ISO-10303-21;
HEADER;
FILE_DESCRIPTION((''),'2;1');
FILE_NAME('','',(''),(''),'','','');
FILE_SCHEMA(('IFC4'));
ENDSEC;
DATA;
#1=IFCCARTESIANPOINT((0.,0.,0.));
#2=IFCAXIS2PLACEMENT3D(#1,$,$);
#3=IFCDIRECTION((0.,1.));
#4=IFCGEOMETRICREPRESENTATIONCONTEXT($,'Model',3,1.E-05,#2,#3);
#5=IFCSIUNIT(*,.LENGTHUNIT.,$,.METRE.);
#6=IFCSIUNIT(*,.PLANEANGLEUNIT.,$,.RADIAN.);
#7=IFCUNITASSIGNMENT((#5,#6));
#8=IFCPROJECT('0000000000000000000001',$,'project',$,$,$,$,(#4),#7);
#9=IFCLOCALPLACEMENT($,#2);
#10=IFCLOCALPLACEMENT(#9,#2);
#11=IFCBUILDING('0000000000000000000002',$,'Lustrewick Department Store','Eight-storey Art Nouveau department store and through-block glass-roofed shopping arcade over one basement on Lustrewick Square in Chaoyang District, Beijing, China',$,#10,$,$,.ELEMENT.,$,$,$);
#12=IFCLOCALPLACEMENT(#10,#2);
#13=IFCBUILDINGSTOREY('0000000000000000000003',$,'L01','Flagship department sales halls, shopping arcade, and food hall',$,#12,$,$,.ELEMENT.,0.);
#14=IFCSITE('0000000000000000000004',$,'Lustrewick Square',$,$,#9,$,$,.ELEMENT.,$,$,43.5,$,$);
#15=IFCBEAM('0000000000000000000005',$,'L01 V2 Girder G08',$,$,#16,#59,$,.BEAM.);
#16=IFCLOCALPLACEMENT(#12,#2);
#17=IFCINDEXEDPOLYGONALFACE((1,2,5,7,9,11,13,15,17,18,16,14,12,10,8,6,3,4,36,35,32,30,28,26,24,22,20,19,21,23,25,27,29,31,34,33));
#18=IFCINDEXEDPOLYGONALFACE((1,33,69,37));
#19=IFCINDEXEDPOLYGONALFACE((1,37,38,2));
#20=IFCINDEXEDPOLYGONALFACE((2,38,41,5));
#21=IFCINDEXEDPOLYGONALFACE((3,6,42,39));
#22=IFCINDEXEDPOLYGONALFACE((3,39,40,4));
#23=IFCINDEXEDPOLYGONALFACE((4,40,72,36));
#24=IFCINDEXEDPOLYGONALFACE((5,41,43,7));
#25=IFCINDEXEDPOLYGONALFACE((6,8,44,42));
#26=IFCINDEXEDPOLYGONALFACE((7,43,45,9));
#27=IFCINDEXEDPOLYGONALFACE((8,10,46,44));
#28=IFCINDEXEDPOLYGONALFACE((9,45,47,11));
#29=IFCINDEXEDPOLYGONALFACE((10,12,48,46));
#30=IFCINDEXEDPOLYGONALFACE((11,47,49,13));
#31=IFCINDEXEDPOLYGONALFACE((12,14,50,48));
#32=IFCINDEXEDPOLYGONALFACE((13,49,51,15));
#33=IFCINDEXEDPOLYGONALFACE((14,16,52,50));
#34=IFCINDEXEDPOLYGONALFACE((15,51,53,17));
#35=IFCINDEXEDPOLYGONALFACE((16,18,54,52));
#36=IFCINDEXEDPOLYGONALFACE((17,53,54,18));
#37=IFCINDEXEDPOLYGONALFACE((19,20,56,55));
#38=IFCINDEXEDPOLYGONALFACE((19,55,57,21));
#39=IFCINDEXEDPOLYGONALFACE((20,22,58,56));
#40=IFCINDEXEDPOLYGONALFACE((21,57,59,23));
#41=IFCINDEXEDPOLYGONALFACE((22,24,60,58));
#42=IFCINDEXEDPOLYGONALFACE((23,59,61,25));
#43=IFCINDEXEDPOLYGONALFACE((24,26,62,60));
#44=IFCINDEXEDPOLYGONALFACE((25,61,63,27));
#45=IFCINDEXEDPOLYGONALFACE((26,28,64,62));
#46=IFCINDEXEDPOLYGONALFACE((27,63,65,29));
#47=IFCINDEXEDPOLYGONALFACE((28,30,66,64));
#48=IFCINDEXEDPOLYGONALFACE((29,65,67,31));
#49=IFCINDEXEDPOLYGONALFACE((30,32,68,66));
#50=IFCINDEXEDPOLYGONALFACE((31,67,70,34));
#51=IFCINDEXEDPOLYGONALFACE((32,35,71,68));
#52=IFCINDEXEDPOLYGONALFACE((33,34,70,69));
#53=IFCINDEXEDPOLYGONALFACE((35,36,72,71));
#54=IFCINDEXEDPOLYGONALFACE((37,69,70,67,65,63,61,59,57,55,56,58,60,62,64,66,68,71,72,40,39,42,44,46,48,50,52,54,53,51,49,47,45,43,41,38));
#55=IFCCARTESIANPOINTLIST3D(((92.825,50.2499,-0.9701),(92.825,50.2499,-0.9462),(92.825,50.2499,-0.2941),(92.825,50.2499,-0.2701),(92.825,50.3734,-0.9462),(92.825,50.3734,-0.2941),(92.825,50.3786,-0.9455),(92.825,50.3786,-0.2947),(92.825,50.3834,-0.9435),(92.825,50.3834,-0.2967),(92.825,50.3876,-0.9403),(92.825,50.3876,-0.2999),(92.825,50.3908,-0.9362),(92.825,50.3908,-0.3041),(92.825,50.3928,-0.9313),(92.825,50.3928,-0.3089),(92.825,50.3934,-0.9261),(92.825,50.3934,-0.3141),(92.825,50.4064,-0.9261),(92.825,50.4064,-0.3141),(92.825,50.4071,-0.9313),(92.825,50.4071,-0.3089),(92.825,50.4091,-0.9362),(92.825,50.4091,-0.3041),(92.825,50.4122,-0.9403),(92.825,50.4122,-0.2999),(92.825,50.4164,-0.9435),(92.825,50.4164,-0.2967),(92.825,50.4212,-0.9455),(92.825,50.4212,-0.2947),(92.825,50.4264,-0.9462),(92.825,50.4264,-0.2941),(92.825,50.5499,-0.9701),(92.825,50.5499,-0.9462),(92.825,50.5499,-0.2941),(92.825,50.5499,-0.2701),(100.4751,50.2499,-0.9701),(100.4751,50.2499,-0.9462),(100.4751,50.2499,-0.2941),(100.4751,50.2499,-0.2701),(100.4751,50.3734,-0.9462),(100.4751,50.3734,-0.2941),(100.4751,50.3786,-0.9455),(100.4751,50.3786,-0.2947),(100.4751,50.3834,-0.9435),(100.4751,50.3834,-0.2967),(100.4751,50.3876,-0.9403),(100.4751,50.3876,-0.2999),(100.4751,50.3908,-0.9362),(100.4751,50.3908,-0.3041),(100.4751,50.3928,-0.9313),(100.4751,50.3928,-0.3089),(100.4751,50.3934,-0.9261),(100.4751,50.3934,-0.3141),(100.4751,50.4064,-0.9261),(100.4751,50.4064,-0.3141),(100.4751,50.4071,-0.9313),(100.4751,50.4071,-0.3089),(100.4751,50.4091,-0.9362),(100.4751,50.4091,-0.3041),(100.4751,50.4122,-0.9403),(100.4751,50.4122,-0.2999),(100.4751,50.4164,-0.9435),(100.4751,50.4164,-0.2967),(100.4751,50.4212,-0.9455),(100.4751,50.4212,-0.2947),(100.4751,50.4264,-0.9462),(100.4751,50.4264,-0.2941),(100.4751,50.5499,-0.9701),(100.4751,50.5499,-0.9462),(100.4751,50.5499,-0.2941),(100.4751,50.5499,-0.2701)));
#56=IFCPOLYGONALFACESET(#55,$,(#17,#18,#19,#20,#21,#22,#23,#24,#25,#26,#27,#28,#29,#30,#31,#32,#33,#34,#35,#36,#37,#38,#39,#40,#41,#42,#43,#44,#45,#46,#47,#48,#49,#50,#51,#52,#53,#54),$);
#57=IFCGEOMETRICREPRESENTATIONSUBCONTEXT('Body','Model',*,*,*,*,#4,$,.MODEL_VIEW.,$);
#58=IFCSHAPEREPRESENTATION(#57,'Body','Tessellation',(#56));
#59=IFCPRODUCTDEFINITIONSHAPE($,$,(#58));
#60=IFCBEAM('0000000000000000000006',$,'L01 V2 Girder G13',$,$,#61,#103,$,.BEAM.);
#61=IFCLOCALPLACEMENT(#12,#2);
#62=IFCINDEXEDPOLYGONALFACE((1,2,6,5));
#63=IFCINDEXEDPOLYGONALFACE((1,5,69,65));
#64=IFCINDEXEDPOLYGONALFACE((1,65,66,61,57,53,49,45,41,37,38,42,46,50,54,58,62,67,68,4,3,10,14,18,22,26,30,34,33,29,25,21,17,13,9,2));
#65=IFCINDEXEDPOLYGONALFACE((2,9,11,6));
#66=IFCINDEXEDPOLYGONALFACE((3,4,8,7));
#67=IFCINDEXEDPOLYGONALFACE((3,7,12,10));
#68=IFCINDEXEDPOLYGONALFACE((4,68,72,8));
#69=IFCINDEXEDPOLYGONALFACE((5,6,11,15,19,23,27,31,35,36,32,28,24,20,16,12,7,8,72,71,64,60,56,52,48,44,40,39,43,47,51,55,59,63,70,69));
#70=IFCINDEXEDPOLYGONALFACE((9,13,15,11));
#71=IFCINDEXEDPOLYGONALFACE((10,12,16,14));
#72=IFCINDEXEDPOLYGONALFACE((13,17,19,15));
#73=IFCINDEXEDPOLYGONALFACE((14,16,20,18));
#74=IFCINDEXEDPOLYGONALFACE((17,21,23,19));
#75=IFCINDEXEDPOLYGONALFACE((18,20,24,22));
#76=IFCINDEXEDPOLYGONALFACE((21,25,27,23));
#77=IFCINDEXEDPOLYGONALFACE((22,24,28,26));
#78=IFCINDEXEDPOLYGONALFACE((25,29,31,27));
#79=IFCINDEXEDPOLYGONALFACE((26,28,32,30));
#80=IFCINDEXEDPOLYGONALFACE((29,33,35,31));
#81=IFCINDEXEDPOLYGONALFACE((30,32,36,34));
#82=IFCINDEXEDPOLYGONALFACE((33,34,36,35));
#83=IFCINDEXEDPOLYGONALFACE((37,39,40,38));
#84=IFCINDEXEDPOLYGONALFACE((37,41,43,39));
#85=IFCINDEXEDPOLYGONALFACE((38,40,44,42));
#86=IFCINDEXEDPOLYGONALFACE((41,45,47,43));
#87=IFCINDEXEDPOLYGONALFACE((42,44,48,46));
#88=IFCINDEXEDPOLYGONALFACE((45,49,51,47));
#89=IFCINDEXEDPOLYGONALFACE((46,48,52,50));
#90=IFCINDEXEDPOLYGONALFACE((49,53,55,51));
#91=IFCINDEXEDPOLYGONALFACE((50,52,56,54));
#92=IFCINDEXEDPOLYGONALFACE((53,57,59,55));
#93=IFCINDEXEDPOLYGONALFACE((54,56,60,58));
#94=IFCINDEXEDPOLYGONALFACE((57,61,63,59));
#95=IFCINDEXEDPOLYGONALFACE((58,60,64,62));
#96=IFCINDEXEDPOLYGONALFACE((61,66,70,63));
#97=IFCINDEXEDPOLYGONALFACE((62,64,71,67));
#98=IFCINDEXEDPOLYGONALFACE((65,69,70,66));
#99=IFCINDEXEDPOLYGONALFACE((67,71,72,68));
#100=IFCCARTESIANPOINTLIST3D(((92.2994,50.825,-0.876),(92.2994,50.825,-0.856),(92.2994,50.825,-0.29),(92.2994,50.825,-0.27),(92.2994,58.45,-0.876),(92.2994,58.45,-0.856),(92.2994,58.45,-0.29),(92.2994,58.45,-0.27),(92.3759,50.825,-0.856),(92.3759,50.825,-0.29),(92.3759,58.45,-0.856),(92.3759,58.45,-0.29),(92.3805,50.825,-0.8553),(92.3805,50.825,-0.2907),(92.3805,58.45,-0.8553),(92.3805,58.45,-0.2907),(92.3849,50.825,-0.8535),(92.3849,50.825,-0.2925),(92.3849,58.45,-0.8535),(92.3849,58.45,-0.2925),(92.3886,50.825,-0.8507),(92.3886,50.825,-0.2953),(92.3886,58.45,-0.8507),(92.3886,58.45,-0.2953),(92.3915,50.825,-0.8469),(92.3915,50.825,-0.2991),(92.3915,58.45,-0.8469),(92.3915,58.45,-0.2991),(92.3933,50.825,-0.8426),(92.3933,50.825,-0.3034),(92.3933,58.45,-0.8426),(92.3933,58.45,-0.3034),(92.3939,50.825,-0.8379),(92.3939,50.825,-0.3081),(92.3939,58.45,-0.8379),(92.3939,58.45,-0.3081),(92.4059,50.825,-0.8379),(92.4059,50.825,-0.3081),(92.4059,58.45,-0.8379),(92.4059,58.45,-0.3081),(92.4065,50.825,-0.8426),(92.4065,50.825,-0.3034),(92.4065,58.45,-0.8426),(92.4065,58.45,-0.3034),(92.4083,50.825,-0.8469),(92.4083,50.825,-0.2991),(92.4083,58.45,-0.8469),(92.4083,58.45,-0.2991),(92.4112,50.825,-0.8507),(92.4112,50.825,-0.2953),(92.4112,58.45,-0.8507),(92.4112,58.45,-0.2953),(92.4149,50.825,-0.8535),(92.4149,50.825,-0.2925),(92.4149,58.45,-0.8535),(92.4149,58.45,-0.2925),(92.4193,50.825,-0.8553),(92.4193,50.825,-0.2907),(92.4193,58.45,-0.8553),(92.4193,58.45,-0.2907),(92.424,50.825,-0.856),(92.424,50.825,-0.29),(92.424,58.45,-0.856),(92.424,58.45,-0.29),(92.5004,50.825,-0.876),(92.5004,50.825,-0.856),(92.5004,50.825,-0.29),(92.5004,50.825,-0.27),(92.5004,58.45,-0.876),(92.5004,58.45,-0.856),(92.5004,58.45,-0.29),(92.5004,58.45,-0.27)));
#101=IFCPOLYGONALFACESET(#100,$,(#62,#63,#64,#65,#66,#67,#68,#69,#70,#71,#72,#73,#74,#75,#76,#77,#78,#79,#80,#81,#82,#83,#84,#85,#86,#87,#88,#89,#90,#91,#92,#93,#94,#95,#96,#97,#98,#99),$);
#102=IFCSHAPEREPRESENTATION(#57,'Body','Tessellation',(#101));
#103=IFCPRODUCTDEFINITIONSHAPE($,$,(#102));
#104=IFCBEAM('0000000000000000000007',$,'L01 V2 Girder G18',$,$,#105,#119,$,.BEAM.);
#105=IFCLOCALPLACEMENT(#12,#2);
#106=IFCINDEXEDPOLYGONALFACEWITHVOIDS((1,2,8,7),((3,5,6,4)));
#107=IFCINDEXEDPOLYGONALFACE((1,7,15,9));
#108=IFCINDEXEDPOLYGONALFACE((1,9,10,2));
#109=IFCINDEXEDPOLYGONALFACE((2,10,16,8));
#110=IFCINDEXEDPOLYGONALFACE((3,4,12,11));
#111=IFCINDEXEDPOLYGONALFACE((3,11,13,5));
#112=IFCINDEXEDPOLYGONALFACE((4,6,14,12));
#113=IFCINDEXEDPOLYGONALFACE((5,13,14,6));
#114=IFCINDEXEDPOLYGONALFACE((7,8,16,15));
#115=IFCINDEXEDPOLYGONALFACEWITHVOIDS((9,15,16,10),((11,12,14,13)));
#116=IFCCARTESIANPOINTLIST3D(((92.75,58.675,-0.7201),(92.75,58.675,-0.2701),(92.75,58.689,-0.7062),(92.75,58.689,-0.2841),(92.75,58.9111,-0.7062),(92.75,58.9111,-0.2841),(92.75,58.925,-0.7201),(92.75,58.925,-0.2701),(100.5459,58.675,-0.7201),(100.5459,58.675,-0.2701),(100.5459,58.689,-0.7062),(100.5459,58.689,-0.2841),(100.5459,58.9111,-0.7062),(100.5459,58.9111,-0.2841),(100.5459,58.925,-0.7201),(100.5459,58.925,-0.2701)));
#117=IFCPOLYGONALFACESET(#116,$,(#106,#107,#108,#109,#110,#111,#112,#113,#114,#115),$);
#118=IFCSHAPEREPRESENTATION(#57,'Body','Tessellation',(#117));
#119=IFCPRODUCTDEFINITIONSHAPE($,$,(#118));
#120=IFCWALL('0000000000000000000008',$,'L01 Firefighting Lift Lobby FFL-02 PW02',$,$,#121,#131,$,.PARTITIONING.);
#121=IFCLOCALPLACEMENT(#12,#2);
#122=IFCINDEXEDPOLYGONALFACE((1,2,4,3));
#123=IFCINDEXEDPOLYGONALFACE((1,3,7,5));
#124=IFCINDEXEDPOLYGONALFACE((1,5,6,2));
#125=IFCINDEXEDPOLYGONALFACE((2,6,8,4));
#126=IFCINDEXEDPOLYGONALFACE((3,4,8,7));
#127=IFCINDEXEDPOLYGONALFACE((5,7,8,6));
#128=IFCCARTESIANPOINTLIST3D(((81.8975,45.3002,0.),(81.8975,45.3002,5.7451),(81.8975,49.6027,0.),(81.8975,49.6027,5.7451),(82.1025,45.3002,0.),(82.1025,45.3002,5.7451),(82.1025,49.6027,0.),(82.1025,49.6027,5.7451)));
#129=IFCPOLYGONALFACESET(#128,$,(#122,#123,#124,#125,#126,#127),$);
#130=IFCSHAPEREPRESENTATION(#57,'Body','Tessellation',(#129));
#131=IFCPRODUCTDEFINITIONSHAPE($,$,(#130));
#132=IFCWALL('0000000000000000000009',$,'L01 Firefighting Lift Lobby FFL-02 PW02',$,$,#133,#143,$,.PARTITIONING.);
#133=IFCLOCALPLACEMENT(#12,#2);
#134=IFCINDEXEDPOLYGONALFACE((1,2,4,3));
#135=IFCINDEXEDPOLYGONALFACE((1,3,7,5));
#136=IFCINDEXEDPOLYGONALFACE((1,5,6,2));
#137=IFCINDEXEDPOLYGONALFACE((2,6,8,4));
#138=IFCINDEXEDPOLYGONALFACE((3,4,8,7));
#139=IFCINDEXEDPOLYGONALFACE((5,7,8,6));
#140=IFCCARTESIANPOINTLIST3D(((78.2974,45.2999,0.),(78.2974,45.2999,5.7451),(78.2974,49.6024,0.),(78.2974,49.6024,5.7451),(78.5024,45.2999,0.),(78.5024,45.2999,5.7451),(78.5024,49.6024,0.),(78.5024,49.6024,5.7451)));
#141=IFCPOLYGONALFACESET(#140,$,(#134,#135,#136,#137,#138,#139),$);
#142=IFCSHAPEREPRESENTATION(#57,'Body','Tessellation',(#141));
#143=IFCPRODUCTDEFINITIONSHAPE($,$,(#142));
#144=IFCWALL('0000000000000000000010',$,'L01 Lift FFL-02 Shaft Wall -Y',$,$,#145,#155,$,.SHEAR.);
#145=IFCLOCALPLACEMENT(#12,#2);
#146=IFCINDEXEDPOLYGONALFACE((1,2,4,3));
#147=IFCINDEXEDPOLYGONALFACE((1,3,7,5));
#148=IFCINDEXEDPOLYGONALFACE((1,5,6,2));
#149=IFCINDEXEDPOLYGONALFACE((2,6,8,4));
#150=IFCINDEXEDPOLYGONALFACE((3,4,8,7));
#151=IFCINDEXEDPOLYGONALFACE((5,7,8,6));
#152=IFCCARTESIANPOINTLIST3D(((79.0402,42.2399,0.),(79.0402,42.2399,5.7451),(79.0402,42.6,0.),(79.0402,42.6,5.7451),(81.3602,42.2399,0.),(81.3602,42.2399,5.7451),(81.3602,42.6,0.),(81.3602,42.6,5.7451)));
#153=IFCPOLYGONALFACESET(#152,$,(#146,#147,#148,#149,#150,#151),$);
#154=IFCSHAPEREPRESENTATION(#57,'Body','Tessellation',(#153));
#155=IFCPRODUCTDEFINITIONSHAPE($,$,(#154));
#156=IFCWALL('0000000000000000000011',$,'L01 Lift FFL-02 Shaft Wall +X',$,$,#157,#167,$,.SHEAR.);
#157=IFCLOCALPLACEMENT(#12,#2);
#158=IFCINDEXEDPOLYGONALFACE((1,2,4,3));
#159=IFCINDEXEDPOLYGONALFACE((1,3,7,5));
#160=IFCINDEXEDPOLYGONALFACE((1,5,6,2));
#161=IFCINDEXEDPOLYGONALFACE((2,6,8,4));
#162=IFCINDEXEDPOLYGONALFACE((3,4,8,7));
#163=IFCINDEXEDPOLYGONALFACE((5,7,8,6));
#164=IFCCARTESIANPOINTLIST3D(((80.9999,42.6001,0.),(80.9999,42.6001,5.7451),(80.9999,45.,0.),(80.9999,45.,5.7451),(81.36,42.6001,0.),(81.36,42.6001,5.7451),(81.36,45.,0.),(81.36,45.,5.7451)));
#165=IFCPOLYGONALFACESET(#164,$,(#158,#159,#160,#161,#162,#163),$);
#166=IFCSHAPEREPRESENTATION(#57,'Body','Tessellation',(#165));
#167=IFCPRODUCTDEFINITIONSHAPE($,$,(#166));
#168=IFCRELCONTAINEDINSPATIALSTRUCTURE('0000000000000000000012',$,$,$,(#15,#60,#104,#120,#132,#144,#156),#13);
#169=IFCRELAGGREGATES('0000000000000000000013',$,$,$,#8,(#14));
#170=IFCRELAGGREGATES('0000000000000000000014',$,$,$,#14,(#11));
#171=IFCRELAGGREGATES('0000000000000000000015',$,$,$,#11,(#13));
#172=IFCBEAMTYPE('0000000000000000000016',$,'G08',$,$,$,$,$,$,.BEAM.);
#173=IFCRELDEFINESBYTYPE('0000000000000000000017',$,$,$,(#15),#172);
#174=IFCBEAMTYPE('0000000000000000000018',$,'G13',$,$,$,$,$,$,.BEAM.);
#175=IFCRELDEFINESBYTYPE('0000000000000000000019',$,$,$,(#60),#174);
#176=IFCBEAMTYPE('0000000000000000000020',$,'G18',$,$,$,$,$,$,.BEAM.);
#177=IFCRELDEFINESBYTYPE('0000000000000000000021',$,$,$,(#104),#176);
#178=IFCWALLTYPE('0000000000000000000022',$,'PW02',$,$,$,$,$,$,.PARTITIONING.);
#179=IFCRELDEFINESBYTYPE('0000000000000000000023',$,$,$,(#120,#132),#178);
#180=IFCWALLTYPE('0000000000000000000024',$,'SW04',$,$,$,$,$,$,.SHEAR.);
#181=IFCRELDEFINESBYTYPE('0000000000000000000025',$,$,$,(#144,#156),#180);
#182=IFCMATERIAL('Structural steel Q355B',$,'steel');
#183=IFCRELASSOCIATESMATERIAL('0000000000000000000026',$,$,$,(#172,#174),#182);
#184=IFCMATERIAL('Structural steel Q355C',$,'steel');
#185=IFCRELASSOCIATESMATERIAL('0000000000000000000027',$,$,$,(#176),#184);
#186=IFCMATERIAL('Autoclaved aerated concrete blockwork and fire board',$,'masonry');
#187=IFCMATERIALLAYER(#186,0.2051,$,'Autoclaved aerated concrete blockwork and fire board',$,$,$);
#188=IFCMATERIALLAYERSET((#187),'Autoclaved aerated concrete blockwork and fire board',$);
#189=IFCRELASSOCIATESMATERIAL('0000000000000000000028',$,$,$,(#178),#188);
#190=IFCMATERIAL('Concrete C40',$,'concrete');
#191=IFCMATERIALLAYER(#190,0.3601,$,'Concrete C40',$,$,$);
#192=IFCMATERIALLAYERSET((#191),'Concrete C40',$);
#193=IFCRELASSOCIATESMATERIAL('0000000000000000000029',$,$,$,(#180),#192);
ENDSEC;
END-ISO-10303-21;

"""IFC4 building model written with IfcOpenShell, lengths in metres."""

from ifc_helpers import new_model, si_unit, direction, frame, frame_2d, origin, origin_2d, place, context, subcontext, project, spatial, rectangle, hollow_rectangle, i_section, extrude, material, layer, layer_set, material_profile, profile_set, type_object, element, save


model = new_model("IFC4")

# Units and contexts
model_context = context("Model", 3, precision=1e-05, world=origin(), true_north=direction((0.0, 1.0)))
body_context = subcontext(model_context, "Body", "Model", "MODEL_VIEW")
ifc_project = project(units=[si_unit("LENGTHUNIT", "METRE"), si_unit("PLANEANGLEUNIT", "RADIAN")], contexts=[model_context])

# Site, building, storey
site_placement = place(None, origin())
site = spatial("IfcSite", under=ifc_project, at=site_placement, Name="Lustrewick Square", CompositionType="ELEMENT", RefElevation=43.5)
building_placement = place(site_placement, origin())
building = spatial("IfcBuilding", under=site, at=building_placement, Name="Lustrewick Department Store", Description="Eight-storey Art Nouveau department store and through-block glass-roofed shopping arcade over one basement on Lustrewick Square in Chaoyang District, Beijing, China", CompositionType="ELEMENT")
storey_placement = place(building_placement, origin())
storey = spatial("IfcBuildingStorey", under=building, at=storey_placement, Name="L01", Description="Flagship department sales halls, shopping arcade, and food hall", CompositionType="ELEMENT", Elevation=0.0)

# Shared definitions
ifc_material_1 = material(Name="Structural steel Q355C", Category="steel")
ifc_material_2 = material(Name="Concrete C40", Category="concrete")

# Beams
ifc_material_3 = material(Name="Structural steel Q355B", Category="steel")
ifc_material_profile_1 = material_profile(ifc_material_3, i_section(OverallWidth=0.3, OverallDepth=0.7, WebThickness=0.0129, FlangeThickness=0.0239, FilletRadius=0.02, at=origin_2d()), Name="HN 700x300x13x24")
ifc_profile_set_1 = profile_set([ifc_material_profile_1], Name="Structural steel Q355B")
beam_type_1 = type_object("IfcBeamType", Name="G08", PredefinedType="BEAM", material=ifc_profile_set_1)
beam_1_placement = place(storey_placement, frame((92.825, 50.3999, -0.6201), z_axis=(1.0, 0.0, 0.0), x_axis=(0.0, 1.0, 0.0)))
element("IfcBeam", 1, at=beam_1_placement, inside=storey, type_object=beam_type_1, Name="L01 V2 Girder G08", PredefinedType="BEAM", context=body_context, shape_type="SweptSolid", body=[
    extrude(i_section(OverallWidth=0.3, OverallDepth=0.7, WebThickness=0.0129, FlangeThickness=0.0239, FilletRadius=0.02, at=origin_2d()), origin(), (0.0, 0.0, 1.0), 7.6501),
])
ifc_material_profile_2 = material_profile(ifc_material_3, i_section(OverallWidth=0.2009, OverallDepth=0.606, WebThickness=0.012, FlangeThickness=0.02, FilletRadius=0.0181, at=origin_2d()), Name="HN 606x201x12x20")
ifc_profile_set_2 = profile_set([ifc_material_profile_2], Name="Structural steel Q355B")
beam_type_2 = type_object("IfcBeamType", Name="G13", PredefinedType="BEAM", material=ifc_profile_set_2)
beam_2_placement = place(storey_placement, frame((92.3999, 50.825, -0.573), z_axis=(0.0, 1.0, 0.0), x_axis=(-1.0, 0.0, 0.0)))
element("IfcBeam", 2, at=beam_2_placement, inside=storey, type_object=beam_type_2, Name="L01 V2 Girder G13", PredefinedType="BEAM", context=body_context, shape_type="SweptSolid", body=[
    extrude(i_section(OverallWidth=0.2009, OverallDepth=0.606, WebThickness=0.012, FlangeThickness=0.02, FilletRadius=0.0181, at=origin_2d()), origin(), (0.0, 0.0, 1.0), 7.625),
])
ifc_material_profile_3 = material_profile(ifc_material_1, hollow_rectangle(XDim=0.25, YDim=0.45, WallThickness=0.0139, at=origin_2d()), Name="RHS 450x250x14")
ifc_profile_set_3 = profile_set([ifc_material_profile_3], Name="Structural steel Q355C")
beam_type_3 = type_object("IfcBeamType", Name="G18", PredefinedType="BEAM", material=ifc_profile_set_3)
beam_3_placement = place(storey_placement, frame((92.75, 58.8, -0.4951), z_axis=(1.0, 0.0, 0.0), x_axis=(0.0, 1.0, 0.0)))
element("IfcBeam", 3, at=beam_3_placement, inside=storey, type_object=beam_type_3, Name="L01 V2 Girder G18", PredefinedType="BEAM", context=body_context, shape_type="SweptSolid", body=[
    extrude(hollow_rectangle(XDim=0.25, YDim=0.45, WallThickness=0.0139, at=origin_2d()), origin(), (0.0, 0.0, 1.0), 7.7959),
])

# Shared definitions
ifc_material_4 = material(Name="Autoclaved aerated concrete blockwork and fire board", Category="masonry")
ifc_layer_1 = layer(ifc_material_4, 0.2051, Name="Autoclaved aerated concrete blockwork and fire board")
ifc_layer_set_1 = layer_set([ifc_layer_1], Name="Autoclaved aerated concrete blockwork and fire board")
wall_type_1 = type_object("IfcWallType", Name="PW02", PredefinedType="PARTITIONING", material=ifc_layer_set_1)

# Walls
for number, where, z_axis, x_axis, name in (
    (4, (82.0, 45.3, 0.0), (0.0, 0.0, 1.0), (0.0, 1.0, 0.0), "L01 Firefighting Lift Lobby FFL-02 PW02"),
    (5, (78.3999, 49.6025, 0.0), (0.0, 0.0, 1.0), (0.0, -1.0, 0.0), "L01 Firefighting Lift Lobby FFL-02 PW02"),
):
    element("IfcWall", number, at=place(storey_placement, frame(where, z_axis=z_axis, x_axis=x_axis)), inside=storey, type_object=wall_type_1, Name=name, PredefinedType="PARTITIONING", context=body_context, shape_type="SweptSolid", body=[
        extrude(rectangle(XDim=4.3025, YDim=0.2051, at=frame_2d((2.1514, 0.0))), origin(), (0.0, 0.0, 1.0), 5.7451),
    ])
ifc_layer_2 = layer(ifc_material_2, 0.3601, Name="Concrete C40")
ifc_layer_set_2 = layer_set([ifc_layer_2], Name="Concrete C40")
wall_type_2 = type_object("IfcWallType", Name="SW04", PredefinedType="SHEAR", material=ifc_layer_set_2)
wall_1_placement = place(storey_placement, frame((79.04, 42.4199, 0.0), z_axis=(0.0, 0.0, 1.0), x_axis=(1.0, 0.0, 0.0)))
element("IfcWall", 6, at=wall_1_placement, inside=storey, type_object=wall_type_2, Name="L01 Lift FFL-02 Shaft Wall -Y", PredefinedType="SHEAR", context=body_context, shape_type="SweptSolid", body=[
    extrude(rectangle(XDim=2.3201, YDim=0.3601, at=frame_2d((1.1602, 0.0))), origin(), (0.0, 0.0, 1.0), 5.7451),
])
wall_2_placement = place(storey_placement, frame((81.1799, 42.6001, 0.0), z_axis=(0.0, 0.0, 1.0), x_axis=(0.0, 1.0, 0.0)))
element("IfcWall", 7, at=wall_2_placement, inside=storey, type_object=wall_type_2, Name="L01 Lift FFL-02 Shaft Wall +X", PredefinedType="SHEAR", context=body_context, shape_type="SweptSolid", body=[
    extrude(rectangle(XDim=2.3999, YDim=0.3601, at=frame_2d((1.2, 0.0))), origin(), (0.0, 0.0, 1.0), 5.7451),
])

save(model, "model.ifc")
